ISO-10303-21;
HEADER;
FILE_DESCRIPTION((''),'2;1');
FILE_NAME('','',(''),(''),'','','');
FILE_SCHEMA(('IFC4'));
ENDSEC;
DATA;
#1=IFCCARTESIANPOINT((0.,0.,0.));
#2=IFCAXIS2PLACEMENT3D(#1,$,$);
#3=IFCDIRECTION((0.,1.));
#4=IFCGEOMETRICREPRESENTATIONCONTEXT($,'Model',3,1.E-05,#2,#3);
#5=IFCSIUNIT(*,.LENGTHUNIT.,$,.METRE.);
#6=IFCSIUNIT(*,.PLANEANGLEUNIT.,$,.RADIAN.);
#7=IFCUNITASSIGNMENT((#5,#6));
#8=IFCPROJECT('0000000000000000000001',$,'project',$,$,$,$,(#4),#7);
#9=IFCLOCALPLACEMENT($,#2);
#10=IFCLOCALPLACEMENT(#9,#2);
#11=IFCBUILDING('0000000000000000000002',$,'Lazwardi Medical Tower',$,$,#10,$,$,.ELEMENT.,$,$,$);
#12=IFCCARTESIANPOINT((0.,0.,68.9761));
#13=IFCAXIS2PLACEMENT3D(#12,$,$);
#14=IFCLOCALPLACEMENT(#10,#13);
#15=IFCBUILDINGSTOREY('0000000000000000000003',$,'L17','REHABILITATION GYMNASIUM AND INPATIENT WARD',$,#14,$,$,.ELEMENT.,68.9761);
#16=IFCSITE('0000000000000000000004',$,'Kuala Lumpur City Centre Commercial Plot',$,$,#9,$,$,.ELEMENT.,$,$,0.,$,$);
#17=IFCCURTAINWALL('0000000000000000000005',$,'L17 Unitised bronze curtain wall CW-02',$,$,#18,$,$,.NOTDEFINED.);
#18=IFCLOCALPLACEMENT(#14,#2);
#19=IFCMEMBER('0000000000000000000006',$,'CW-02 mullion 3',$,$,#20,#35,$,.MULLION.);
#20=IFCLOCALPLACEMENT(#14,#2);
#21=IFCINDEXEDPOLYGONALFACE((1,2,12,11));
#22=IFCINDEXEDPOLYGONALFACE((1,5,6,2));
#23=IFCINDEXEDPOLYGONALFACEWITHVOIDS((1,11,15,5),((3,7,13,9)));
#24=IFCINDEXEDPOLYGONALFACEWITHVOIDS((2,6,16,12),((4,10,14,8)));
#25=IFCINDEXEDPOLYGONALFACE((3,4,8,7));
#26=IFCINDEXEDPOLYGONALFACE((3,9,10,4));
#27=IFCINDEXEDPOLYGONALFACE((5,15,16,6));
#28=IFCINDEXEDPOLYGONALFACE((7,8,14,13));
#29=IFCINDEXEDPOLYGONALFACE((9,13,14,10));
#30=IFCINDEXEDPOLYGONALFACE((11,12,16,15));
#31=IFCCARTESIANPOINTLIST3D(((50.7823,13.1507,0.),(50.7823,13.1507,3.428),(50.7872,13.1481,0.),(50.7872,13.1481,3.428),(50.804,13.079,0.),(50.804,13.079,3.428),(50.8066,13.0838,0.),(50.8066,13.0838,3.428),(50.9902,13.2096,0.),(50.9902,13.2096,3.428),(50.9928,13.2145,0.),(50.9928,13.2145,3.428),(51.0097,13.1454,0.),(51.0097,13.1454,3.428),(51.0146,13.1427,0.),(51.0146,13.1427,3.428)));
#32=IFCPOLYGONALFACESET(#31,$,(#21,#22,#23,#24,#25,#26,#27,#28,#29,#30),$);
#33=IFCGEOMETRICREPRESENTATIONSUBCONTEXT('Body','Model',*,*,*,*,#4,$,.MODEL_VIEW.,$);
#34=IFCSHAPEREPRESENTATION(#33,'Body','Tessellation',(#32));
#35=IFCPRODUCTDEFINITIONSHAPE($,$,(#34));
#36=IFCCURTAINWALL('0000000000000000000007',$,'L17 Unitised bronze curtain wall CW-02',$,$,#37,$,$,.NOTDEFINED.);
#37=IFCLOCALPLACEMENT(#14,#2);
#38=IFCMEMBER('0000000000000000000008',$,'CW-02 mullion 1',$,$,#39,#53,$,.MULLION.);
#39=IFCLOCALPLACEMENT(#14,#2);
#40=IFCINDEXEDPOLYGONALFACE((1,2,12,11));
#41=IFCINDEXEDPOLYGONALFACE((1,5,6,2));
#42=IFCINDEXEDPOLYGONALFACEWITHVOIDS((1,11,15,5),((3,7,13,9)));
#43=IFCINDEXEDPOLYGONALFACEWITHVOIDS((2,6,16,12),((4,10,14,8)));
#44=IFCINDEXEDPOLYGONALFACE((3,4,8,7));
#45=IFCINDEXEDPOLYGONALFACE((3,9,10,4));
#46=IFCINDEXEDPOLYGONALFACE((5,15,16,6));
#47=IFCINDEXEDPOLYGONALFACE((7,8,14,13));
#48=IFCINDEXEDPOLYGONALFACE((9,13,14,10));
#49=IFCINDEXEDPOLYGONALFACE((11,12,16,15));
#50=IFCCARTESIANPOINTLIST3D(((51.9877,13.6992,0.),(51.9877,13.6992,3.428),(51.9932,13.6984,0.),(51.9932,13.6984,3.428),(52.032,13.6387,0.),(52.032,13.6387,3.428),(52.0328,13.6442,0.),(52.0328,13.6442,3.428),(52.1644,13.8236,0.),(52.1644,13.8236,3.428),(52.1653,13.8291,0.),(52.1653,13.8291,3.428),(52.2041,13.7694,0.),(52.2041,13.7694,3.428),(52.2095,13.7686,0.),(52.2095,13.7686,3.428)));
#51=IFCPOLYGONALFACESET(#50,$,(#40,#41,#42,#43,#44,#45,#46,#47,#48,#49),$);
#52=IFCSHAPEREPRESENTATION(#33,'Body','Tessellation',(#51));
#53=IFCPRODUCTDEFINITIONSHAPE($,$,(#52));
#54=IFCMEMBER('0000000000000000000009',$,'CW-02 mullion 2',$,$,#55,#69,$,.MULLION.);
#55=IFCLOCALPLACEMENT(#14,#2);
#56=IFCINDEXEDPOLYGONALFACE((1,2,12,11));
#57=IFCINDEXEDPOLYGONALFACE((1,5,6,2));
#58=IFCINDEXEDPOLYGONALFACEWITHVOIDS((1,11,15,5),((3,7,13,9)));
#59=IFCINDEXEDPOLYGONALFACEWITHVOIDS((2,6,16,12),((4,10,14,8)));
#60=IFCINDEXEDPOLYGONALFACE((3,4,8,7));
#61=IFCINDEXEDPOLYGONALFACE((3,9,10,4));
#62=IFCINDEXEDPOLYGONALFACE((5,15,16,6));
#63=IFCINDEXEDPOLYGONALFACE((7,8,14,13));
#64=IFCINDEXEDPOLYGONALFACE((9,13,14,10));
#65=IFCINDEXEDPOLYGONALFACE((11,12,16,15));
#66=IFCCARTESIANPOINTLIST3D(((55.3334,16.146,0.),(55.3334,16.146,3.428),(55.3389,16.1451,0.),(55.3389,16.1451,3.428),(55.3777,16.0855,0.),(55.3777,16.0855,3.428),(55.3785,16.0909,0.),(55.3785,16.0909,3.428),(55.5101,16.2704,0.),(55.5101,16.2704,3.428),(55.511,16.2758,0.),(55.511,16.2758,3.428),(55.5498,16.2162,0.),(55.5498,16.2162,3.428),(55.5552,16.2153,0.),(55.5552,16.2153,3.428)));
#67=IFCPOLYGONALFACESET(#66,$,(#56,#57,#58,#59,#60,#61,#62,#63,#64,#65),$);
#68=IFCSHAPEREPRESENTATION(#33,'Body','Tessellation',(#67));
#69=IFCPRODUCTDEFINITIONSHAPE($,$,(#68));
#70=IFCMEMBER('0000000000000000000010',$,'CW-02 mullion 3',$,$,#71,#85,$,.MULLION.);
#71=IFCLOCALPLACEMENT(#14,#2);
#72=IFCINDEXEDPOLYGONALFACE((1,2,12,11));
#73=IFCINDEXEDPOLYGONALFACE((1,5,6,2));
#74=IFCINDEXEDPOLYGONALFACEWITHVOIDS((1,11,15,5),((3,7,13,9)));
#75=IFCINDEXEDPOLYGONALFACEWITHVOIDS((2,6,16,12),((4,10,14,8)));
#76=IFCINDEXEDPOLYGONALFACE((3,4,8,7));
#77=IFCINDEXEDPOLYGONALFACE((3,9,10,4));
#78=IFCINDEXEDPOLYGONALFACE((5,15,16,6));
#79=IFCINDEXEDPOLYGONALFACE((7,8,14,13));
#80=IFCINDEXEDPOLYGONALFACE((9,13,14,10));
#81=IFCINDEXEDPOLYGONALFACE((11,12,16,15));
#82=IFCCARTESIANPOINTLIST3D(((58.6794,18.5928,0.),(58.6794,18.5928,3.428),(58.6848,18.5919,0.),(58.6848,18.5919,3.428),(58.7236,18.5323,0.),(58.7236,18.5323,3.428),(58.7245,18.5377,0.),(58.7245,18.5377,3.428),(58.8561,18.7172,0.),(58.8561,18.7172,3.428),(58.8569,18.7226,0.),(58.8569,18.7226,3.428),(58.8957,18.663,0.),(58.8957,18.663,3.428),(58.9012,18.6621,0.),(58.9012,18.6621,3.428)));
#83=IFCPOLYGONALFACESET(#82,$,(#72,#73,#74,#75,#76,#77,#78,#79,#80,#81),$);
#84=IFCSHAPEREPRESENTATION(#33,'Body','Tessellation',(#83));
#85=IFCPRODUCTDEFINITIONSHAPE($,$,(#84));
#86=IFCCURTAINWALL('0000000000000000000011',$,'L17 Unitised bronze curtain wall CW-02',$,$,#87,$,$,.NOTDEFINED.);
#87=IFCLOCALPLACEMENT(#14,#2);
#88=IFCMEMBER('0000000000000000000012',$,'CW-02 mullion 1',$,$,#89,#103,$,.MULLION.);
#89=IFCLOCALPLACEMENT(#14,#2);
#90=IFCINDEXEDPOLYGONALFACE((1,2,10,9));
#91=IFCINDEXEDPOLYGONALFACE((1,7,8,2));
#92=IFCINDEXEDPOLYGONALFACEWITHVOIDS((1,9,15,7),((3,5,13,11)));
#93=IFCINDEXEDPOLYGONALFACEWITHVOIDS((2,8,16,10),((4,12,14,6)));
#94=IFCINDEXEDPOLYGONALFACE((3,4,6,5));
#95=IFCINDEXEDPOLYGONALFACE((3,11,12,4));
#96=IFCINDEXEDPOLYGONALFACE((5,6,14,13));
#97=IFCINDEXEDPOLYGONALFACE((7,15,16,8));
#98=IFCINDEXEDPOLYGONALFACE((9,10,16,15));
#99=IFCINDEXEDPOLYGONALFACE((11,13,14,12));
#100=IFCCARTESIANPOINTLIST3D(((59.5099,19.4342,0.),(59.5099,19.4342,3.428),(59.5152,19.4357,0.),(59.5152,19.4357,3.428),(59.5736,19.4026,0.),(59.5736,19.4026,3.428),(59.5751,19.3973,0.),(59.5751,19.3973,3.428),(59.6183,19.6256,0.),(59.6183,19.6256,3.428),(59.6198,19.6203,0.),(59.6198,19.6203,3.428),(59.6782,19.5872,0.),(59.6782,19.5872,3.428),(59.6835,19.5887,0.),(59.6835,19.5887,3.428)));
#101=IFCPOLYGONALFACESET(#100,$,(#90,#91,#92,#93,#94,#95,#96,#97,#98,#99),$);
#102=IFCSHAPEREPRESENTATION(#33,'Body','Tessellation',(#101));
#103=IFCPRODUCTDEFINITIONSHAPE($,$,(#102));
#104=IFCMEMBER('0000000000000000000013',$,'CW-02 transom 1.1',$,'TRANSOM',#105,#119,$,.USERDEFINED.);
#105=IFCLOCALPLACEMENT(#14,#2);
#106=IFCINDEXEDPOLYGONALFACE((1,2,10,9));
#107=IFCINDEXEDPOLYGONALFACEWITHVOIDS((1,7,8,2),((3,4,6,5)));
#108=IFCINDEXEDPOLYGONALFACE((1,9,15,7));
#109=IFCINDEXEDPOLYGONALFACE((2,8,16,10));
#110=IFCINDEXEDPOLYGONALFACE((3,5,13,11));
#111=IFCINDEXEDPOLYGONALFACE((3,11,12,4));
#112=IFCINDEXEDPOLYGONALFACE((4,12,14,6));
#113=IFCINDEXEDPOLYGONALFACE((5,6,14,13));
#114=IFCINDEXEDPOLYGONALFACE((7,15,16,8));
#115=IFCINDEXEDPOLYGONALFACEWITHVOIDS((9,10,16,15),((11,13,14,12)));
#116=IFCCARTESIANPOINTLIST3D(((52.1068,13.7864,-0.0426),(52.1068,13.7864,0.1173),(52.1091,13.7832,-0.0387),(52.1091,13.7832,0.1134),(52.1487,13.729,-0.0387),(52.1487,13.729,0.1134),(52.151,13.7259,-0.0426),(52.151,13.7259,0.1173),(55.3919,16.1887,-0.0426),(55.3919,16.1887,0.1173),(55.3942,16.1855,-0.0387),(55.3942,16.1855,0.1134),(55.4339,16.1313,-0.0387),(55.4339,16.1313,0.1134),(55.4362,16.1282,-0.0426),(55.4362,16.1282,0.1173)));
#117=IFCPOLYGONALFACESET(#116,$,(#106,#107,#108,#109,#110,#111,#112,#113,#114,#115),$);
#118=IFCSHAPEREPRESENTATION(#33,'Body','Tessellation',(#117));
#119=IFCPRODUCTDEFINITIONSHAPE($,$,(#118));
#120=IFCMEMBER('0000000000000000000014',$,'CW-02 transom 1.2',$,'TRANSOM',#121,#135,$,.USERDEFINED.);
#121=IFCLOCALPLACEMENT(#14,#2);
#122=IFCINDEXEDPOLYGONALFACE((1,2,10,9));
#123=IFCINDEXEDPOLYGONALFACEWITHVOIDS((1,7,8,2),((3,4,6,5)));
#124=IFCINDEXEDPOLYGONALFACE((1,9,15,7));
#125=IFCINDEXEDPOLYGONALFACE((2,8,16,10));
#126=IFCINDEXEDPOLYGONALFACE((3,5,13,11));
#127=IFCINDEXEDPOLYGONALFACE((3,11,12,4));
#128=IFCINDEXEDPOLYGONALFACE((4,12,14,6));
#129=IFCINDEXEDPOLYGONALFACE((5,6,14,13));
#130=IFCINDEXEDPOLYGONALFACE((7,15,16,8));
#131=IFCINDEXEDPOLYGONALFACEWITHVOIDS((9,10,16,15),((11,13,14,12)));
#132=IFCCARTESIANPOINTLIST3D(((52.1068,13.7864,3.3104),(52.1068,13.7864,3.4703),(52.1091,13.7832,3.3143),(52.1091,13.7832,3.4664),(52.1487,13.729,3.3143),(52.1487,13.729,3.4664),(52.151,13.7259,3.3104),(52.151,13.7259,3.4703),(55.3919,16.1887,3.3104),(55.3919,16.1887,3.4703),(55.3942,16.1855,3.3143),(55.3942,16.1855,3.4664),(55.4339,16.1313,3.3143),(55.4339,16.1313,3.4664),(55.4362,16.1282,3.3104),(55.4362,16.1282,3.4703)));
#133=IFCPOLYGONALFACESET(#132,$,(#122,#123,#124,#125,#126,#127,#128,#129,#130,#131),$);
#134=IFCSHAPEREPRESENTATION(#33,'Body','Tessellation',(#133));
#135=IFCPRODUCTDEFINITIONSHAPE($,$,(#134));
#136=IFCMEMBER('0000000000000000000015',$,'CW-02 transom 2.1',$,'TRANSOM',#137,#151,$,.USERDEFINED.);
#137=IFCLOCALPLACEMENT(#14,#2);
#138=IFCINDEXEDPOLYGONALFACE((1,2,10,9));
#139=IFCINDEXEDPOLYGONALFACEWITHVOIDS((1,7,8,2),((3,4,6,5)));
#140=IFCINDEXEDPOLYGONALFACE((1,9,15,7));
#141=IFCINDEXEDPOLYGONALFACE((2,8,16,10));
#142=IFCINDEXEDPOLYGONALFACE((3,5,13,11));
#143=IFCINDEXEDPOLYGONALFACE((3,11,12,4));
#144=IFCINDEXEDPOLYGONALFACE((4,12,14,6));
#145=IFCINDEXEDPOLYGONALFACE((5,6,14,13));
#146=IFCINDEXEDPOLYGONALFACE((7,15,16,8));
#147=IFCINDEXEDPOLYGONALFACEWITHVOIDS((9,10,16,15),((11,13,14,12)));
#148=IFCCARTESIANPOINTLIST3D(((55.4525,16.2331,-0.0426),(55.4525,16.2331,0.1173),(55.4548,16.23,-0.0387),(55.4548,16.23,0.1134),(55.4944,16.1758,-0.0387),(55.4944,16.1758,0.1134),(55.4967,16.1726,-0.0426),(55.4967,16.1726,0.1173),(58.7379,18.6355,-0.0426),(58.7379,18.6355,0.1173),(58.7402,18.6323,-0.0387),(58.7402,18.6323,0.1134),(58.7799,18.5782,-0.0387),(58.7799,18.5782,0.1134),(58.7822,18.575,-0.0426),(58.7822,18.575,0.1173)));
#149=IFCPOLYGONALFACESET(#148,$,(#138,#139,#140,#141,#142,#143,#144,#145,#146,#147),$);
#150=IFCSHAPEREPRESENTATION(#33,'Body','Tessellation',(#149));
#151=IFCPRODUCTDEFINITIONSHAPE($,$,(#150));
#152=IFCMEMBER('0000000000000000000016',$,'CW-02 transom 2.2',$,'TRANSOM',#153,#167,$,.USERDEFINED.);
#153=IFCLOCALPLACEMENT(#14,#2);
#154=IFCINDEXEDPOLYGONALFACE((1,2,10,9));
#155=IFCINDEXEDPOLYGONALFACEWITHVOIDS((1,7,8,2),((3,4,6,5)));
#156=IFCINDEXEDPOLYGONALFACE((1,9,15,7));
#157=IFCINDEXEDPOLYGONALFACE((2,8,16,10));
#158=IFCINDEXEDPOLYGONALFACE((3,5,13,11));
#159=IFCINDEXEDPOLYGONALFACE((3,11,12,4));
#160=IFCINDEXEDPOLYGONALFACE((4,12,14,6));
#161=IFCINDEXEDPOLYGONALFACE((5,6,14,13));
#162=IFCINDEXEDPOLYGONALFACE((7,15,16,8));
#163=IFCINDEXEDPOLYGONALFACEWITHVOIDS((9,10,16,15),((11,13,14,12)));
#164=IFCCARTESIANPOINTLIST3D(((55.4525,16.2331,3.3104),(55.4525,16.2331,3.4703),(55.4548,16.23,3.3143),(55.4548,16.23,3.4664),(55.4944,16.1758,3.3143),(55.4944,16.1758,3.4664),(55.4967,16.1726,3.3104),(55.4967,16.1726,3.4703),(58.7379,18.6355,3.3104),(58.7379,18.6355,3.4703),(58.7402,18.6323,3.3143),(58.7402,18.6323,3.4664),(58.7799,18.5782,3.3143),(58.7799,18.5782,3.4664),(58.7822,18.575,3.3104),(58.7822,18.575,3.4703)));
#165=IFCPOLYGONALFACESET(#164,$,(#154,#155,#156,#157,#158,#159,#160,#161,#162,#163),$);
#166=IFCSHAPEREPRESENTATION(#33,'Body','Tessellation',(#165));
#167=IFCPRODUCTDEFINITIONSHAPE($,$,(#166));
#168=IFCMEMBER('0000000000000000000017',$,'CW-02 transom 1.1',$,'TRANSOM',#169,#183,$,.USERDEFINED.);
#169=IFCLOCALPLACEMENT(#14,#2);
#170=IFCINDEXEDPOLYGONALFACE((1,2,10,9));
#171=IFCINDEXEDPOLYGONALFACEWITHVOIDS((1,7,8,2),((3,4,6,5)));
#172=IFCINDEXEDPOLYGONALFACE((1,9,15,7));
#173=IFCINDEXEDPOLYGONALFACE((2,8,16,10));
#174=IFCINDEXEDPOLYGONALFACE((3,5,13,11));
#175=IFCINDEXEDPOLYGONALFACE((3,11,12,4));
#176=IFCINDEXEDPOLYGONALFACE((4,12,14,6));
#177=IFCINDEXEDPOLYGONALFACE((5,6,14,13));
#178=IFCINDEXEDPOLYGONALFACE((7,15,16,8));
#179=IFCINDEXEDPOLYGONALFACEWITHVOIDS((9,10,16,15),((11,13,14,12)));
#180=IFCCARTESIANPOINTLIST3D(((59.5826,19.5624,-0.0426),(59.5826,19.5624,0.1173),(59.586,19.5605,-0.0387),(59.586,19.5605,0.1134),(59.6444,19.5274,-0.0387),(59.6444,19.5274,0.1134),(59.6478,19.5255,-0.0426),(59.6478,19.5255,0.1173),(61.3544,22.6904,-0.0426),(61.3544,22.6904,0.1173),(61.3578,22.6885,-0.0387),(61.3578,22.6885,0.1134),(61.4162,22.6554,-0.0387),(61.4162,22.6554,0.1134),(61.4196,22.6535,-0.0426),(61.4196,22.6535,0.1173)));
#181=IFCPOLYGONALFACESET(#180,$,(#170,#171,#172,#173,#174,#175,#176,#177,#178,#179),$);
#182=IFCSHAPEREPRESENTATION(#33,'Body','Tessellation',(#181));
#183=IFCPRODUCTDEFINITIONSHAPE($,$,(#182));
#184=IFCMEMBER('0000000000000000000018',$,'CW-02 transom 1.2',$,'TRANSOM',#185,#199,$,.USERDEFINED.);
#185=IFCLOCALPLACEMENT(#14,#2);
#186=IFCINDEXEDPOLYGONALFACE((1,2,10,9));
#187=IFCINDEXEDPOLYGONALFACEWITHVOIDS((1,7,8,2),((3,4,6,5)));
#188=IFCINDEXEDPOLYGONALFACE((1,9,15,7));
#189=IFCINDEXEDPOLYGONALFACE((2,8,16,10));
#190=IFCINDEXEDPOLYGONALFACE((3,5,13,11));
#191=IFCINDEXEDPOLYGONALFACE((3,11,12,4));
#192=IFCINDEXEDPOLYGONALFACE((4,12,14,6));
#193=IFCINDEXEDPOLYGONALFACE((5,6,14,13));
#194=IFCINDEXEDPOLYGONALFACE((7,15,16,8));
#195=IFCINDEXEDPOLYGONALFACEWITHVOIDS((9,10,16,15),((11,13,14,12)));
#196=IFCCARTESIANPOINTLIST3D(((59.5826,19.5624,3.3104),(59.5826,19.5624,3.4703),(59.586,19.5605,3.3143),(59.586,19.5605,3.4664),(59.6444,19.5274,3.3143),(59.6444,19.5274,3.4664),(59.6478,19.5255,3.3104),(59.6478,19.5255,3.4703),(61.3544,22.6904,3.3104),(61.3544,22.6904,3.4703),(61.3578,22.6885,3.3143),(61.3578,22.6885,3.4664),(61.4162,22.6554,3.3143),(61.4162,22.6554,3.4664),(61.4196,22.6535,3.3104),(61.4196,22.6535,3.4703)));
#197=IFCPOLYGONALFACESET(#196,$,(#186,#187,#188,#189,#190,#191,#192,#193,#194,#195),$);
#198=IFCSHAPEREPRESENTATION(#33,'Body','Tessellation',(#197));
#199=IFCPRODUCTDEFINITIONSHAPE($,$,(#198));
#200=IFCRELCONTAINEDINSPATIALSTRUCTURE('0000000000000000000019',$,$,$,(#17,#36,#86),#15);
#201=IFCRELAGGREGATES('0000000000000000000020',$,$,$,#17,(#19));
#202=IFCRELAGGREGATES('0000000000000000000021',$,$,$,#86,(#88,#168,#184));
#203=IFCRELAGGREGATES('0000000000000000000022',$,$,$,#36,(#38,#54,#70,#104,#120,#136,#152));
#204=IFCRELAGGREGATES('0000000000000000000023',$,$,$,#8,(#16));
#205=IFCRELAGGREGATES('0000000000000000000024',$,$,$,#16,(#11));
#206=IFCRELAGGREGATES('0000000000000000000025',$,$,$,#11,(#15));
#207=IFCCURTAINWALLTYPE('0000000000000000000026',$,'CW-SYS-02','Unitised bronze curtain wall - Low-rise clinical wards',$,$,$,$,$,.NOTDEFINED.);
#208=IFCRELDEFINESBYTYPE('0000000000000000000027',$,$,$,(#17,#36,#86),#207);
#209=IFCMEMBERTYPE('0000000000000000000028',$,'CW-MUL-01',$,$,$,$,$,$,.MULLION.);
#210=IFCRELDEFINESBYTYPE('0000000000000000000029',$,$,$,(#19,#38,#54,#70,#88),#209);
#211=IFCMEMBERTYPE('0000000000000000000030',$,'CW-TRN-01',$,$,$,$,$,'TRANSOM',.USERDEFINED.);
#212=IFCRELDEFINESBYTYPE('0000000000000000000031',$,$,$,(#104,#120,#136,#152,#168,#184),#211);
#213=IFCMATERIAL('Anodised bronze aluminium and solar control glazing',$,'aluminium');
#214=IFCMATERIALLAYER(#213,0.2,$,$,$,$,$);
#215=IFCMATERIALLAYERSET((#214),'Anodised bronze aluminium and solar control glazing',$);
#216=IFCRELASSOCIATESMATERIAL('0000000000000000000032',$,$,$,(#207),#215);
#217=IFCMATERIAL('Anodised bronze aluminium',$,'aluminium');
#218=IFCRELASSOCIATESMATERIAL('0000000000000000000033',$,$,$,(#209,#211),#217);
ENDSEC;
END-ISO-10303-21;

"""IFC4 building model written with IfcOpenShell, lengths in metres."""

from ifc_helpers import new_model, si_unit, direction, frame, origin, origin_2d, place, context, subcontext, project, spatial, hollow_rectangle, extrude, material, layer, layer_set, material_profile, profile_set, type_object, element, aggregate, save


model = new_model("IFC4")

# Units and contexts
model_context = context("Model", 3, precision=1e-05, world=origin(), true_north=direction((0.0, 1.0)))
body_context = subcontext(model_context, "Body", "Model", "MODEL_VIEW")
ifc_project = project(units=[si_unit("LENGTHUNIT", "METRE"), si_unit("PLANEANGLEUNIT", "RADIAN")], contexts=[model_context])

# Site, building, storey
site_placement = place(None, origin())
site = spatial("IfcSite", under=ifc_project, at=site_placement, Name="Kuala Lumpur City Centre Commercial Plot", CompositionType="ELEMENT", RefElevation=0.0)
building_placement = place(site_placement, origin())
building = spatial("IfcBuilding", under=site, at=building_placement, Name="Lazwardi Medical Tower", CompositionType="ELEMENT")
storey_placement = place(building_placement, frame((0.0, 0.0, 68.9761)))
storey = spatial("IfcBuildingStorey", under=building, at=storey_placement, Name="L17", Description="REHABILITATION GYMNASIUM AND INPATIENT WARD", CompositionType="ELEMENT", Elevation=68.9761)

# Curtain wall, member
ifc_material_1 = material(Name="Anodised bronze aluminium and solar control glazing", Category="aluminium")
ifc_layer_1 = layer(ifc_material_1, 0.2)
ifc_layer_set_1 = layer_set([ifc_layer_1], Name="Anodised bronze aluminium and solar control glazing")
curtain_wall_type = type_object("IfcCurtainWallType", Name="CW-SYS-02", Description="Unitised bronze curtain wall - Low-rise clinical wards", PredefinedType="NOTDEFINED", material=ifc_layer_set_1)
curtain_wall_1_placement = place(storey_placement, origin())
curtain_wall_1 = element("IfcCurtainWall", 1, at=curtain_wall_1_placement, inside=storey, type_object=curtain_wall_type, Name="L17 Unitised bronze curtain wall CW-02", PredefinedType="NOTDEFINED")
ifc_material_2 = material(Name="Anodised bronze aluminium", Category="aluminium")
ifc_material_profile_1 = material_profile(ifc_material_2, hollow_rectangle(XDim=0.075, YDim=0.22, WallThickness=0.0039, at=origin_2d()), Name="ALU-MULLION 220x75x4")
ifc_profile_set_1 = profile_set([ifc_material_profile_1], Name="Anodised bronze aluminium")
member_type_1 = type_object("IfcMemberType", Name="CW-MUL-01", PredefinedType="MULLION", material=ifc_profile_set_1)
member_1_placement = place(storey_placement, frame((50.8984, 13.1467, 0.0), z_axis=(0.0, 0.0, 1.0), x_axis=(-0.289896, 0.957058, 0.0)))
member_1 = element("IfcMember", 2, at=member_1_placement, type_object=member_type_1, Name="CW-02 mullion 3", PredefinedType="MULLION", context=body_context, shape_type="SweptSolid", body=[
    extrude(hollow_rectangle(XDim=0.075, YDim=0.22, WallThickness=0.0039, at=origin_2d()), origin(), (0.0, 0.0, 1.0), 3.428),
])
aggregate(curtain_wall_1, [member_1])

# Curtain wall, members
curtain_wall_2_placement = place(storey_placement, origin())
curtain_wall_2 = element("IfcCurtainWall", 3, at=curtain_wall_2_placement, inside=storey, type_object=curtain_wall_type, Name="L17 Unitised bronze curtain wall CW-02", PredefinedType="NOTDEFINED")
member_2_placement = place(storey_placement, frame((52.0986, 13.7339, 0.0), z_axis=(0.0, 0.0, 1.0), x_axis=(-0.590289, 0.807192, 0.0)))
member_2 = element("IfcMember", 4, at=member_2_placement, type_object=member_type_1, Name="CW-02 mullion 1", PredefinedType="MULLION", context=body_context, shape_type="SweptSolid", body=[
    extrude(hollow_rectangle(XDim=0.075, YDim=0.22, WallThickness=0.0039, at=origin_2d()), origin(), (0.0, 0.0, 1.0), 3.428),
])
member_3_placement = place(storey_placement, frame((55.4443, 16.1807, 0.0), z_axis=(0.0, 0.0, 1.0), x_axis=(-0.590289, 0.807192, 0.0)))
member_3 = element("IfcMember", 5, at=member_3_placement, type_object=member_type_1, Name="CW-02 mullion 2", PredefinedType="MULLION", context=body_context, shape_type="SweptSolid", body=[
    extrude(hollow_rectangle(XDim=0.075, YDim=0.22, WallThickness=0.0039, at=origin_2d()), origin(), (0.0, 0.0, 1.0), 3.428),
])
member_4_placement = place(storey_placement, frame((58.7903, 18.6274, 0.0), z_axis=(0.0, 0.0, 1.0), x_axis=(-0.590289, 0.807192, 0.0)))
member_4 = element("IfcMember", 6, at=member_4_placement, type_object=member_type_1, Name="CW-02 mullion 3", PredefinedType="MULLION", context=body_context, shape_type="SweptSolid", body=[
    extrude(hollow_rectangle(XDim=0.075, YDim=0.22, WallThickness=0.0039, at=origin_2d()), origin(), (0.0, 0.0, 1.0), 3.428),
])

# Curtain wall, member
curtain_wall_3_placement = place(storey_placement, origin())
curtain_wall_3 = element("IfcCurtainWall", 7, at=curtain_wall_3_placement, inside=storey, type_object=curtain_wall_type, Name="L17 Unitised bronze curtain wall CW-02", PredefinedType="NOTDEFINED")
member_5_placement = place(storey_placement, frame((59.5967, 19.5115, 0.0), z_axis=(0.0, 0.0, 1.0), x_axis=(-0.870112, 0.492854, 0.0)))
member_5 = element("IfcMember", 8, at=member_5_placement, type_object=member_type_1, Name="CW-02 mullion 1", PredefinedType="MULLION", context=body_context, shape_type="SweptSolid", body=[
    extrude(hollow_rectangle(XDim=0.075, YDim=0.22, WallThickness=0.0039, at=origin_2d()), origin(), (0.0, 0.0, 1.0), 3.428),
])

# Members
ifc_material_profile_2 = material_profile(ifc_material_2, hollow_rectangle(XDim=0.075, YDim=0.1599, WallThickness=0.0039, at=origin_2d()), Name="ALU-TRANSOM 160x75x4")
ifc_profile_set_2 = profile_set([ifc_material_profile_2], Name="Anodised bronze aluminium")
member_type_2 = type_object("IfcMemberType", Name="CW-TRN-01", ElementType="TRANSOM", PredefinedType="USERDEFINED", material=ifc_profile_set_2)
member_6_placement = place(storey_placement, frame((52.1289, 13.7561, 0.0374), z_axis=(0.807198, 0.590281, 0.0), x_axis=(-0.590281, 0.807198, 0.0)))
member_6 = element("IfcMember", 9, at=member_6_placement, type_object=member_type_2, Name="CW-02 transom 1.1", ObjectType="TRANSOM", PredefinedType="USERDEFINED", context=body_context, shape_type="SweptSolid", body=[
    extrude(hollow_rectangle(XDim=0.075, YDim=0.1599, WallThickness=0.0039, at=origin_2d()), origin(), (0.0, 0.0, 1.0), 4.0698),
])
member_7_placement = place(storey_placement, frame((52.1289, 13.7561, 3.3904), z_axis=(0.807198, 0.590281, 0.0), x_axis=(-0.590281, 0.807198, 0.0)))
member_7 = element("IfcMember", 10, at=member_7_placement, type_object=member_type_2, Name="CW-02 transom 1.2", ObjectType="TRANSOM", PredefinedType="USERDEFINED", context=body_context, shape_type="SweptSolid", body=[
    extrude(hollow_rectangle(XDim=0.075, YDim=0.1599, WallThickness=0.0039, at=origin_2d()), origin(), (0.0, 0.0, 1.0), 4.0698),
])
member_8_placement = place(storey_placement, frame((55.4746, 16.2029, 0.0374), z_axis=(0.807219, 0.590253, 0.0), x_axis=(-0.590253, 0.807219, 0.0)))
member_8 = element("IfcMember", 11, at=member_8_placement, type_object=member_type_2, Name="CW-02 transom 2.1", ObjectType="TRANSOM", PredefinedType="USERDEFINED", context=body_context, shape_type="SweptSolid", body=[
    extrude(hollow_rectangle(XDim=0.075, YDim=0.1599, WallThickness=0.0039, at=origin_2d()), origin(), (0.0, 0.0, 1.0), 4.0701),
])
member_9_placement = place(storey_placement, frame((55.4746, 16.2029, 3.3904), z_axis=(0.807219, 0.590253, 0.0), x_axis=(-0.590253, 0.807219, 0.0)))
member_9 = element("IfcMember", 12, at=member_9_placement, type_object=member_type_2, Name="CW-02 transom 2.2", ObjectType="TRANSOM", PredefinedType="USERDEFINED", context=body_context, shape_type="SweptSolid", body=[
    extrude(hollow_rectangle(XDim=0.075, YDim=0.1599, WallThickness=0.0039, at=origin_2d()), origin(), (0.0, 0.0, 1.0), 4.0701),
])
member_10_placement = place(storey_placement, frame((59.6152, 19.5439, 0.0374), z_axis=(0.492851, 0.870113, 0.0), x_axis=(-0.870113, 0.492851, 0.0)))
member_10 = element("IfcMember", 13, at=member_10_placement, type_object=member_type_2, Name="CW-02 transom 1.1", ObjectType="TRANSOM", PredefinedType="USERDEFINED", context=body_context, shape_type="SweptSolid", body=[
    extrude(hollow_rectangle(XDim=0.075, YDim=0.1599, WallThickness=0.0039, at=origin_2d()), origin(), (0.0, 0.0, 1.0), 3.595),
])
member_11_placement = place(storey_placement, frame((59.6152, 19.5439, 3.3904), z_axis=(0.492851, 0.870113, 0.0), x_axis=(-0.870113, 0.492851, 0.0)))
member_11 = element("IfcMember", 14, at=member_11_placement, type_object=member_type_2, Name="CW-02 transom 1.2", ObjectType="TRANSOM", PredefinedType="USERDEFINED", context=body_context, shape_type="SweptSolid", body=[
    extrude(hollow_rectangle(XDim=0.075, YDim=0.1599, WallThickness=0.0039, at=origin_2d()), origin(), (0.0, 0.0, 1.0), 3.595),
])
aggregate(curtain_wall_3, [member_5, member_10, member_11])

aggregate(curtain_wall_2, [member_2, member_3, member_4, member_6, member_7, member_8, member_9])

save(model, "model.ifc")
